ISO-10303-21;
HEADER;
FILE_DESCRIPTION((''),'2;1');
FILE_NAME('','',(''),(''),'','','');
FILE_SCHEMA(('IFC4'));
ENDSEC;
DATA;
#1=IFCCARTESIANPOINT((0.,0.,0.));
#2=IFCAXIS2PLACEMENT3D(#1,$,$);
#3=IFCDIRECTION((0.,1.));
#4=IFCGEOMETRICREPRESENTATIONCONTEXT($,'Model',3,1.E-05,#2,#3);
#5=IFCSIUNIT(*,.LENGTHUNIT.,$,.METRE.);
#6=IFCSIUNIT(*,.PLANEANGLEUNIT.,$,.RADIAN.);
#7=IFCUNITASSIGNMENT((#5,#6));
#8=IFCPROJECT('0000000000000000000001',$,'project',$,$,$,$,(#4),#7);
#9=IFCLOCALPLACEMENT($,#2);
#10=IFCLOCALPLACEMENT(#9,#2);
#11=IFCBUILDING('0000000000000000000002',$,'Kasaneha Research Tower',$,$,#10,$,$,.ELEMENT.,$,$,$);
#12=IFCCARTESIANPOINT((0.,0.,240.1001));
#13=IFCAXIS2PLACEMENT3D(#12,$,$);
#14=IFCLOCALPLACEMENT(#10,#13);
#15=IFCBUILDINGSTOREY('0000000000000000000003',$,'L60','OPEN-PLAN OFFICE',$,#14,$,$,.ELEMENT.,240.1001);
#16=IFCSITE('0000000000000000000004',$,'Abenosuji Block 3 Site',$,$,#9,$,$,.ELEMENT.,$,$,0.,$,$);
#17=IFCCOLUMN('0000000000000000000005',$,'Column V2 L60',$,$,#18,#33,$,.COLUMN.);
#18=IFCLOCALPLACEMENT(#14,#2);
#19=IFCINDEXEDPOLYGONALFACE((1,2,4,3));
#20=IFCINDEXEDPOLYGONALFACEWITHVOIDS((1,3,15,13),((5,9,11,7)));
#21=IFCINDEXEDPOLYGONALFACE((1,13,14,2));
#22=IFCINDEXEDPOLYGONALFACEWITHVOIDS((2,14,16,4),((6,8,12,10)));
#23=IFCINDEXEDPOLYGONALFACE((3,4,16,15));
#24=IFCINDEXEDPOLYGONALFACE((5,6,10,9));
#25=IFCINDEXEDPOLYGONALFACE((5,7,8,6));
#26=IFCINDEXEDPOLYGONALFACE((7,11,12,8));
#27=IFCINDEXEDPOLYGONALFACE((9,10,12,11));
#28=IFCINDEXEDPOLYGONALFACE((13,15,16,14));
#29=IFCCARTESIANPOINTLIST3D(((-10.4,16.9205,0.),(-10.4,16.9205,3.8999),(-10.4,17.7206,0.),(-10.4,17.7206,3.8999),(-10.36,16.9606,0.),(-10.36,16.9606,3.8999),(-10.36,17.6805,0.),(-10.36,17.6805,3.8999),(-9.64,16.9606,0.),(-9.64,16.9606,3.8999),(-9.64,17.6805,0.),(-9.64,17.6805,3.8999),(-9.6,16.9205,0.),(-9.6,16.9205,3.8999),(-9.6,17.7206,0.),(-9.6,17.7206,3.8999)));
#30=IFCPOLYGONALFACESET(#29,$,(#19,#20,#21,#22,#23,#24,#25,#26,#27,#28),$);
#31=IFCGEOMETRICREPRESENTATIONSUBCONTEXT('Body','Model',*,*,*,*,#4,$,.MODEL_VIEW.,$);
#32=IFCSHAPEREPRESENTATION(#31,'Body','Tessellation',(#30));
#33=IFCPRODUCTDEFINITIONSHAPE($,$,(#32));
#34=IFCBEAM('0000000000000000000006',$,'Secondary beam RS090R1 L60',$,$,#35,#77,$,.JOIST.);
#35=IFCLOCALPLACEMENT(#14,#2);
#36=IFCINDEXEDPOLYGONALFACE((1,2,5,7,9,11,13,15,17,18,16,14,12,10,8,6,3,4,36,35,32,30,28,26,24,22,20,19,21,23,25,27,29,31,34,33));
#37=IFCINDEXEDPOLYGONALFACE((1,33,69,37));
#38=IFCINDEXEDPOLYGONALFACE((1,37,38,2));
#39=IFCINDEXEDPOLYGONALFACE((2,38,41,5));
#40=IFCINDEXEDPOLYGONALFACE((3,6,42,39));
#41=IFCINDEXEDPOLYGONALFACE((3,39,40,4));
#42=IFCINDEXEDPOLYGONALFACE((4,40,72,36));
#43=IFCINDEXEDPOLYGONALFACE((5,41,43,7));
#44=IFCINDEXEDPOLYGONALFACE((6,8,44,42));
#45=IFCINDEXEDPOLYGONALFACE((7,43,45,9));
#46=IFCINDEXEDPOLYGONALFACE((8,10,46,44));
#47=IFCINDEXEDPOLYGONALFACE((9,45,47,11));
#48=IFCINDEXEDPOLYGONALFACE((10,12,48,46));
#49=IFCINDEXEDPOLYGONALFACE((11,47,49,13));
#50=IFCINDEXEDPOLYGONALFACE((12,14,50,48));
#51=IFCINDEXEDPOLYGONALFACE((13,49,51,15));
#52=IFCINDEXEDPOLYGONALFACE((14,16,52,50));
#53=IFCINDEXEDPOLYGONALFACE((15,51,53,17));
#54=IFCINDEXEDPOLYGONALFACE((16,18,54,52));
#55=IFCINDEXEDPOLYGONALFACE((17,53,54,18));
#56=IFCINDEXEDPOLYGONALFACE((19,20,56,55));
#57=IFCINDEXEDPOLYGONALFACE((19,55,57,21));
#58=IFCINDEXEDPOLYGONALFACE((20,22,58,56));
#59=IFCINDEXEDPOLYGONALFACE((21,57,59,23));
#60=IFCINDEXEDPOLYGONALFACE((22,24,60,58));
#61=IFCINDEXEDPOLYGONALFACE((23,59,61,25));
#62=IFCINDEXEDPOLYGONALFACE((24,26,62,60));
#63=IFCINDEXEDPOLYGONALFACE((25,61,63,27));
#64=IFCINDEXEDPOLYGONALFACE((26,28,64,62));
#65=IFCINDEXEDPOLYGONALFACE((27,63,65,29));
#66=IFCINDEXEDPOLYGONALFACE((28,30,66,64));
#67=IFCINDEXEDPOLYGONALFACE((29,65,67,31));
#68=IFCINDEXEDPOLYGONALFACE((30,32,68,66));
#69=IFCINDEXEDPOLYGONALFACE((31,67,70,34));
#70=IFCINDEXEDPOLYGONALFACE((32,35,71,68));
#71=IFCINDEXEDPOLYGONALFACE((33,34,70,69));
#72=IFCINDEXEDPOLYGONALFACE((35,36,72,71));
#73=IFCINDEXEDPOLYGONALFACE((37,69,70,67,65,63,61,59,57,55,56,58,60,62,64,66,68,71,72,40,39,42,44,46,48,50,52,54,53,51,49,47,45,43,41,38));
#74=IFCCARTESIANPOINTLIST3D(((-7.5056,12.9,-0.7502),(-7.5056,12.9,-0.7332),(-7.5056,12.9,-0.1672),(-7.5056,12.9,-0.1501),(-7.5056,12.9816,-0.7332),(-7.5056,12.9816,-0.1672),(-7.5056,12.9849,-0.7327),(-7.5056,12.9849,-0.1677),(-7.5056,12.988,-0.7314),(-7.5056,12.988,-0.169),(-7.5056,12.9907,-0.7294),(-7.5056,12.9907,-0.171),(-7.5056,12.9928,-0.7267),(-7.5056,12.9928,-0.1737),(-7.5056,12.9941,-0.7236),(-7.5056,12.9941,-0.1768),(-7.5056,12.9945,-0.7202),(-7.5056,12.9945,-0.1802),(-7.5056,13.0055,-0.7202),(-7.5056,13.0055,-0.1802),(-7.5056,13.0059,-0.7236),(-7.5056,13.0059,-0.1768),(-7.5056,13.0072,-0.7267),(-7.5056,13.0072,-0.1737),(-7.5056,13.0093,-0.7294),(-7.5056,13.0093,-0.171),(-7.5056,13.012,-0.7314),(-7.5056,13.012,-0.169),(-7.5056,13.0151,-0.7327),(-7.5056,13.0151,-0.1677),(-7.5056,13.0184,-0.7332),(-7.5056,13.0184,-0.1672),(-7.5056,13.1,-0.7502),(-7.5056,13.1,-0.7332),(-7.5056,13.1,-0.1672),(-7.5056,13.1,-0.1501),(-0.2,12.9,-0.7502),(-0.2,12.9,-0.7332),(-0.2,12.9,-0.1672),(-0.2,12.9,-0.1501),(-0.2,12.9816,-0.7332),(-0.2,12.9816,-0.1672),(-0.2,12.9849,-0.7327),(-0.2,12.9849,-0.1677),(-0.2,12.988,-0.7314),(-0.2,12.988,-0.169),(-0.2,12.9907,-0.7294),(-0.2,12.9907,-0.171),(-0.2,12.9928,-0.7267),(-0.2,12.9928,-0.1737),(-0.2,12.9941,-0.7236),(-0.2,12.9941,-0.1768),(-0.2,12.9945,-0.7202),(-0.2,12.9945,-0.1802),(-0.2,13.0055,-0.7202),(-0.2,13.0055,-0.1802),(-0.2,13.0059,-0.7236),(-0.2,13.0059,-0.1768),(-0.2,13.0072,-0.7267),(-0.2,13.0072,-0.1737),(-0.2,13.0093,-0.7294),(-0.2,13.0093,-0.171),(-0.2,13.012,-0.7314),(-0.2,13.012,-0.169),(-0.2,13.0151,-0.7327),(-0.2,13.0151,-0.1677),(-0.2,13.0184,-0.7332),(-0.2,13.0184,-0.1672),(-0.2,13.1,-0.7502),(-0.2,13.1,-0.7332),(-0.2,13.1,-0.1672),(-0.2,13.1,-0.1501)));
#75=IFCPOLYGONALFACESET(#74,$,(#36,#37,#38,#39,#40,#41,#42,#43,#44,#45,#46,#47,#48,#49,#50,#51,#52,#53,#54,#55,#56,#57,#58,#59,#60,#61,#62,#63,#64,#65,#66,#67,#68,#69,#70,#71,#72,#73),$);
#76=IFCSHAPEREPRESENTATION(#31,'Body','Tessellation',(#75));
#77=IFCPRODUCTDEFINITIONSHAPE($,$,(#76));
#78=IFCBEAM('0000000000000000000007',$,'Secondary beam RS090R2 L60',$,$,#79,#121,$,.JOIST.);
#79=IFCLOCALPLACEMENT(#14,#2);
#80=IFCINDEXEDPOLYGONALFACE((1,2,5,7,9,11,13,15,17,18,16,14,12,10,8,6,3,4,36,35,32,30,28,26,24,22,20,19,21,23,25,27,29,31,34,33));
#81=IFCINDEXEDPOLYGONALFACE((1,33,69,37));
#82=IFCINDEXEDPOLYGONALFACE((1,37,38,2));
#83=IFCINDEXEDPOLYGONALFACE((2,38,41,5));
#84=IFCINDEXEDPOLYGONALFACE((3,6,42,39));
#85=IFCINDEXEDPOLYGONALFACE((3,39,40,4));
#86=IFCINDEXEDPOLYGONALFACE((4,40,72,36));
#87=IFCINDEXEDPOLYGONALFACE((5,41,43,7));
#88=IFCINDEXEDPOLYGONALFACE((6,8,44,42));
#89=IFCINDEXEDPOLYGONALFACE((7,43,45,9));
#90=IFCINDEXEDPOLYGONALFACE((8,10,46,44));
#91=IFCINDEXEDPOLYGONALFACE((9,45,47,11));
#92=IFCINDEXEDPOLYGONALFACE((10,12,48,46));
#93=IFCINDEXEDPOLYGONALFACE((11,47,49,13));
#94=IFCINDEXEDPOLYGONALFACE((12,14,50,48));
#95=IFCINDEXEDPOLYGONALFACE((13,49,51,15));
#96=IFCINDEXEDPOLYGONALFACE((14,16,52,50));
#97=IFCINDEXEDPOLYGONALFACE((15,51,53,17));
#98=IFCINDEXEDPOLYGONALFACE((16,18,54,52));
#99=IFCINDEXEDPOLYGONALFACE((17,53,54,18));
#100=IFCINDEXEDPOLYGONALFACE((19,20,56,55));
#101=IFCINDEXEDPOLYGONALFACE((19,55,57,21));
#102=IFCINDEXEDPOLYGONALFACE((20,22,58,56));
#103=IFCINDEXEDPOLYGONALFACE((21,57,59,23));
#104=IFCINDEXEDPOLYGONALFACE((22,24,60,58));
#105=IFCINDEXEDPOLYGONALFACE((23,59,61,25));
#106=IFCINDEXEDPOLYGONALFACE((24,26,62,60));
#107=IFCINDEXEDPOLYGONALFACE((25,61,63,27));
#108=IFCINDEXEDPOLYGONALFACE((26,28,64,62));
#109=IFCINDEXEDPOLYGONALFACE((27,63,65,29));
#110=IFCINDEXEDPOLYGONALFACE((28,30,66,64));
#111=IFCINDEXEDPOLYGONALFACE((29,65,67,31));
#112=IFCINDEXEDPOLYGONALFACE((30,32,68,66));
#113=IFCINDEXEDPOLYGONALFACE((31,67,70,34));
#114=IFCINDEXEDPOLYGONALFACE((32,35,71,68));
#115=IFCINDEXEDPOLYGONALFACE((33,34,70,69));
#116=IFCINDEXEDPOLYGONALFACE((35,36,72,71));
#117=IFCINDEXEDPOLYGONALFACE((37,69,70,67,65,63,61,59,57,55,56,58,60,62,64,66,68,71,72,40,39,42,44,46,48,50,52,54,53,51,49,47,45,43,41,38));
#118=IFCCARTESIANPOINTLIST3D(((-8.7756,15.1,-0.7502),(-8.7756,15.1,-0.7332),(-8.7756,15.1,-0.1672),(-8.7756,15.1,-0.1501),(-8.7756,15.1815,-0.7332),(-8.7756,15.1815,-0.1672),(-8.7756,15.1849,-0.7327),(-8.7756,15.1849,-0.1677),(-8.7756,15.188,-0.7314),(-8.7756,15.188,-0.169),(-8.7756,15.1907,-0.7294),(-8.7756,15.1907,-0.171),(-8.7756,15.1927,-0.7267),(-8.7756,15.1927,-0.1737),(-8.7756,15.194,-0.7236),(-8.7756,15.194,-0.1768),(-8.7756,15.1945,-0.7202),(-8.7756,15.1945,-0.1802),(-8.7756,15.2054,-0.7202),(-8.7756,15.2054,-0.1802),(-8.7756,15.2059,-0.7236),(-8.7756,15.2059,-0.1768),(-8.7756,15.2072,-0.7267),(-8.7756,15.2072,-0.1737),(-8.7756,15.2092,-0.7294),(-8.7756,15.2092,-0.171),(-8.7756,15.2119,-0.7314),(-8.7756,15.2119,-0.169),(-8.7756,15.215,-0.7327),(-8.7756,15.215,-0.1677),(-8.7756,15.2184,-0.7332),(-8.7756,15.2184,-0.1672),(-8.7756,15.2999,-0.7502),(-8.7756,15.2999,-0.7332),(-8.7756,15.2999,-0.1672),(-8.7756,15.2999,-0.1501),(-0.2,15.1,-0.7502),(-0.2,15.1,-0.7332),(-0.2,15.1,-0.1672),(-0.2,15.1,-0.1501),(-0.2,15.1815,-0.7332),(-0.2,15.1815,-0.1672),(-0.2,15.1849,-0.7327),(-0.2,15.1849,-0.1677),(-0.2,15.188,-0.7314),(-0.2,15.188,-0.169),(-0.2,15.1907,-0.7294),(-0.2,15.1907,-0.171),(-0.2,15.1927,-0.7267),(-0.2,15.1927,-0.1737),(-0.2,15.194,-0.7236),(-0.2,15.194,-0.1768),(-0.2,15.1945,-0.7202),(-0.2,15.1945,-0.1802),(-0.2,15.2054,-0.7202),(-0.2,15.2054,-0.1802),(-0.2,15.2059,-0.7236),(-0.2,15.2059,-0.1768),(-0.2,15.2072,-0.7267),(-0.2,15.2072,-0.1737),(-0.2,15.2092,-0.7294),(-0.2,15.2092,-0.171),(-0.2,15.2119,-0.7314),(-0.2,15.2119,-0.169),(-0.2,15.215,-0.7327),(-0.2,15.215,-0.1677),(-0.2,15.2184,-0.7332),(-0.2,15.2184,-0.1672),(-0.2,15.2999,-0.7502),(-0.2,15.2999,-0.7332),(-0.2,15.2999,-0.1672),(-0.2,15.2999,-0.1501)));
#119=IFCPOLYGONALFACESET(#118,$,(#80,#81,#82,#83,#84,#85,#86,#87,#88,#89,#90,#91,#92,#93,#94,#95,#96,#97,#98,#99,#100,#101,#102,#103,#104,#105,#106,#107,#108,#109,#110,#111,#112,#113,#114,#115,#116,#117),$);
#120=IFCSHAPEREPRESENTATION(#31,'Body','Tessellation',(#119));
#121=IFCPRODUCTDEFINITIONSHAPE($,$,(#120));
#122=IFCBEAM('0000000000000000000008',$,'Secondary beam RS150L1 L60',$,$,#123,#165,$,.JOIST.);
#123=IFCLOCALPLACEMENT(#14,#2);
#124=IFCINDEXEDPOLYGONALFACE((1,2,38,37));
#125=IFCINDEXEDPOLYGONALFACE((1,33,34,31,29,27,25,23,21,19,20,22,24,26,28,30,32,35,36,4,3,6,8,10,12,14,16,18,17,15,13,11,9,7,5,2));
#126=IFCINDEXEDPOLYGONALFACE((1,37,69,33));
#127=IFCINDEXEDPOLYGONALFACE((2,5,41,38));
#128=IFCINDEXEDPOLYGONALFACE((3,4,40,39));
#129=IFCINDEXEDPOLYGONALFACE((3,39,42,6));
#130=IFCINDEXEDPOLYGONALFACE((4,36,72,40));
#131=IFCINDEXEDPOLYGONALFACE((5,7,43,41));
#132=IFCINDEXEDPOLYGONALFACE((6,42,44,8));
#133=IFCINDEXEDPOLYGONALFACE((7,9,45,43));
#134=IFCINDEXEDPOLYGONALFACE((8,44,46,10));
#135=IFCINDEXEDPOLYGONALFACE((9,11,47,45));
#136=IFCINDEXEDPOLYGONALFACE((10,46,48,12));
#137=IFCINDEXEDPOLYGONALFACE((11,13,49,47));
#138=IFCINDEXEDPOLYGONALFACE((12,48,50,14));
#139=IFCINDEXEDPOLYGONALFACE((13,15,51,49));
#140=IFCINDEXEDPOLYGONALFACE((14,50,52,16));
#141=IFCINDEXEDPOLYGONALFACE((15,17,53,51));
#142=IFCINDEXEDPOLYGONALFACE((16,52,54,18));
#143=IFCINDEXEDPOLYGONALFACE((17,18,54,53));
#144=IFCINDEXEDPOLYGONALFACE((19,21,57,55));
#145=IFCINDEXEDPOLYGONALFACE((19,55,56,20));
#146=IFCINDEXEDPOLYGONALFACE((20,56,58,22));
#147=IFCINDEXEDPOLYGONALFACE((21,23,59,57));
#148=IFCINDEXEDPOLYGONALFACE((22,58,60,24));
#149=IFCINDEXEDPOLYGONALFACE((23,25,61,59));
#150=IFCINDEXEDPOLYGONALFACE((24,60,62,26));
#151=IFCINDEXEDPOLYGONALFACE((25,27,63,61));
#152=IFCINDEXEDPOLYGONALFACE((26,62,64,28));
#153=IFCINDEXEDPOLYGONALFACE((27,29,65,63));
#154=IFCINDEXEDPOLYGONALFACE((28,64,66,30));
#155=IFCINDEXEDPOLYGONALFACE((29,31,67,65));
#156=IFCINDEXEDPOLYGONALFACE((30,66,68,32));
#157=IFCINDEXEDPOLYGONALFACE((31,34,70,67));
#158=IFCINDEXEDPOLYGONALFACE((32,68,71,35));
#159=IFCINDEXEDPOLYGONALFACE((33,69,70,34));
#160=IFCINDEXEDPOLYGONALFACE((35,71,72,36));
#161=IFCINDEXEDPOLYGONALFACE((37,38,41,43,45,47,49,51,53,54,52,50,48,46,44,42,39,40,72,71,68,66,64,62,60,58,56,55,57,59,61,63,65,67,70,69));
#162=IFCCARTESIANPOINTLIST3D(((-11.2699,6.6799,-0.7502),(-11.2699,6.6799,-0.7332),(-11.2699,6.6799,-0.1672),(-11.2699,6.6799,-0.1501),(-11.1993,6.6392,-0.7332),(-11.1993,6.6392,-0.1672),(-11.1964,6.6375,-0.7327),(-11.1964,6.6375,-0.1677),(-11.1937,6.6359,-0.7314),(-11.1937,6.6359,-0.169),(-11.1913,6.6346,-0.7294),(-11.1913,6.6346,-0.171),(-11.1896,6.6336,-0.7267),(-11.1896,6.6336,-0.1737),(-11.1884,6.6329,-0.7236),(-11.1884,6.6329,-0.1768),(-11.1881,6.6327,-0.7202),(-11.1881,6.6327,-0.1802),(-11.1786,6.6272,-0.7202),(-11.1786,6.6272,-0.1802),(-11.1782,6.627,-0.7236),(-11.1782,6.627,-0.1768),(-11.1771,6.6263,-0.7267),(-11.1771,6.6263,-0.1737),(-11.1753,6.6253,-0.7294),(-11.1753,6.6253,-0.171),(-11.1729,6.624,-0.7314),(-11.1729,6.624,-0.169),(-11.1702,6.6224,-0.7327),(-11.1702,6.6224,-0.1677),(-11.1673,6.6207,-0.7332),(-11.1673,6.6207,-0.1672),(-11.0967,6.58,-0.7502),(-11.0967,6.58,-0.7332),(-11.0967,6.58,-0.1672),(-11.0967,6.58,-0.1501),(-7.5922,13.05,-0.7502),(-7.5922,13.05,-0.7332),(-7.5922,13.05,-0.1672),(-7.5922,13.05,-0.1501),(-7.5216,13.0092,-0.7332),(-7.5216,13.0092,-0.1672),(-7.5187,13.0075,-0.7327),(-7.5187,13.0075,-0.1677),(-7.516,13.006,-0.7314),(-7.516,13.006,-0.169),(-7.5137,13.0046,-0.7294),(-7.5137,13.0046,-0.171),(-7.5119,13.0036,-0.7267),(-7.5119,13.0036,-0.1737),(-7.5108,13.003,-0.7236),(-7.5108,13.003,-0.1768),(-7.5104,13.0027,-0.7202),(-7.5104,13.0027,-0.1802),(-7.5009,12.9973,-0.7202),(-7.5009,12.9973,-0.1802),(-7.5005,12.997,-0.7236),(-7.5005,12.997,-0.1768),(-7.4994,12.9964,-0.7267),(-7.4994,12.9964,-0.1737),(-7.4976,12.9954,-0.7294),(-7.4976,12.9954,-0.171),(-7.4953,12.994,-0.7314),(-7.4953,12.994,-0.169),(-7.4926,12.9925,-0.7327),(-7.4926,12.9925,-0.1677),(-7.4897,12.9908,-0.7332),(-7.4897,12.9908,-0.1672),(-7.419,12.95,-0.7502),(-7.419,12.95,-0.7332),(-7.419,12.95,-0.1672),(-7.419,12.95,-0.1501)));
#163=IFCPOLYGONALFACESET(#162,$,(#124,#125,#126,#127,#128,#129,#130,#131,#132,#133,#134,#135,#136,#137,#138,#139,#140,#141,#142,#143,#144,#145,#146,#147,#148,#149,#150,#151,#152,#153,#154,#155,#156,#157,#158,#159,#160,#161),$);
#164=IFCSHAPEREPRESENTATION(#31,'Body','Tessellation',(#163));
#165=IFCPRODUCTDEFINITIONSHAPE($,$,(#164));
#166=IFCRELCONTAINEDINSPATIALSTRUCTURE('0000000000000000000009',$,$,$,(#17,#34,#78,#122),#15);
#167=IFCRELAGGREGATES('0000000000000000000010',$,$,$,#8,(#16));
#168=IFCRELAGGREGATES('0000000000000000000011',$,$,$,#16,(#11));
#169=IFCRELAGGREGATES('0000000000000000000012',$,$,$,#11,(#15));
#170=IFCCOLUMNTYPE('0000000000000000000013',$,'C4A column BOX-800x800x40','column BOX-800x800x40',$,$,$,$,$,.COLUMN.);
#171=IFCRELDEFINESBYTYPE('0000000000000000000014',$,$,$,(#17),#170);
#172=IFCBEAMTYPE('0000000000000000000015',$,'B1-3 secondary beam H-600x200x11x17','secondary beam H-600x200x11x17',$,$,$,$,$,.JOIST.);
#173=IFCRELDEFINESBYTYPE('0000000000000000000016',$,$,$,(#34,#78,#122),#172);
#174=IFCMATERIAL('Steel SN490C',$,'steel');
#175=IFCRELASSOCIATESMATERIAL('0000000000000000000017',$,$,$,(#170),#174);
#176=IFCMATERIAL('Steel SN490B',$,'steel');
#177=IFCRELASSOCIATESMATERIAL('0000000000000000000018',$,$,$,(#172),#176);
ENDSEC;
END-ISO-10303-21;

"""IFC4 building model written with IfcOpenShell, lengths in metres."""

from ifc_helpers import new_model, si_unit, direction, frame, origin, origin_2d, place, context, subcontext, project, spatial, hollow_rectangle, i_section, extrude, material, material_profile, profile_set, type_object, element, save


model = new_model("IFC4")

# Units and contexts
model_context = context("Model", 3, precision=1e-05, world=origin(), true_north=direction((0.0, 1.0)))
body_context = subcontext(model_context, "Body", "Model", "MODEL_VIEW")
ifc_project = project(units=[si_unit("LENGTHUNIT", "METRE"), si_unit("PLANEANGLEUNIT", "RADIAN")], contexts=[model_context])

# Site, building, storey
site_placement = place(None, origin())
site = spatial("IfcSite", under=ifc_project, at=site_placement, Name="Abenosuji Block 3 Site", CompositionType="ELEMENT", RefElevation=0.0)
building_placement = place(site_placement, origin())
building = spatial("IfcBuilding", under=site, at=building_placement, Name="Kasaneha Research Tower", CompositionType="ELEMENT")
storey_placement = place(building_placement, frame((0.0, 0.0, 240.1001)))
storey = spatial("IfcBuildingStorey", under=building, at=storey_placement, Name="L60", Description="OPEN-PLAN OFFICE", CompositionType="ELEMENT", Elevation=240.1001)

# Column
ifc_material_1 = material(Name="Steel SN490C", Category="steel")
ifc_material_profile_1 = material_profile(ifc_material_1, hollow_rectangle(XDim=0.8, YDim=0.8, WallThickness=0.04, at=origin_2d()), Name="BOX-800x800x40")
ifc_profile_set_1 = profile_set([ifc_material_profile_1], Name="Steel SN490C")
column_type = type_object("IfcColumnType", Name="C4A column BOX-800x800x40", Description="column BOX-800x800x40", PredefinedType="COLUMN", material=ifc_profile_set_1)
column_placement = place(storey_placement, frame((-10.0, 17.3206, 0.0), z_axis=(0.0, 0.0, 1.0), x_axis=(1.0, 0.0, 0.0)))
element("IfcColumn", 1, at=column_placement, inside=storey, type_object=column_type, Name="Column V2 L60", PredefinedType="COLUMN", context=body_context, shape_type="SweptSolid", body=[
    extrude(hollow_rectangle(XDim=0.8, YDim=0.8, WallThickness=0.04, at=origin_2d()), origin(), (0.0, 0.0, 1.0), 3.8999),
])

# Beams
ifc_material_2 = material(Name="Steel SN490B", Category="steel")
ifc_material_profile_2 = material_profile(ifc_material_2, i_section(OverallWidth=0.2, OverallDepth=0.6001, WebThickness=0.011, FlangeThickness=0.0171, FilletRadius=0.0129, at=origin_2d()), Name="H-600x200x11x17")
ifc_profile_set_2 = profile_set([ifc_material_profile_2], Name="Steel SN490B")
beam_type_1 = type_object("IfcBeamType", Name="B1-3 secondary beam H-600x200x11x17", Description="secondary beam H-600x200x11x17", PredefinedType="JOIST", material=ifc_profile_set_2)
beam_1_placement = place(storey_placement, frame((-7.5056, 13.0, -0.4502), z_axis=(1.0, 0.0, 0.0), x_axis=(0.0, 1.0, 0.0)))
element("IfcBeam", 2, at=beam_1_placement, inside=storey, type_object=beam_type_1, Name="Secondary beam RS090R1 L60", PredefinedType="JOIST", context=body_context, shape_type="SweptSolid", body=[
    extrude(i_section(OverallWidth=0.2, OverallDepth=0.6001, WebThickness=0.011, FlangeThickness=0.0171, FilletRadius=0.0129, at=origin_2d()), origin(), (0.0, 0.0, 1.0), 7.3057),
])
beam_2_placement = place(storey_placement, frame((-8.7756, 15.2, -0.4502), z_axis=(1.0, 0.0, 0.0), x_axis=(0.0, 1.0, 0.0)))
element("IfcBeam", 3, at=beam_2_placement, inside=storey, type_object=beam_type_1, Name="Secondary beam RS090R2 L60", PredefinedType="JOIST", context=body_context, shape_type="SweptSolid", body=[
    extrude(i_section(OverallWidth=0.2, OverallDepth=0.6001, WebThickness=0.011, FlangeThickness=0.0171, FilletRadius=0.0129, at=origin_2d()), origin(), (0.0, 0.0, 1.0), 8.5757),
])
beam_3_placement = place(storey_placement, frame((-7.5056, 13.0, -0.4502), z_axis=(-0.499994, -0.866029, 0.0), x_axis=(0.866029, -0.499994, 0.0)))
element("IfcBeam", 4, at=beam_3_placement, inside=storey, type_object=beam_type_1, Name="Secondary beam RS150L1 L60", PredefinedType="JOIST", context=body_context, shape_type="SweptSolid", body=[
    extrude(i_section(OverallWidth=0.2, OverallDepth=0.6001, WebThickness=0.011, FlangeThickness=0.0171, FilletRadius=0.0129, at=origin_2d()), origin(), (0.0, 0.0, 1.0), 7.3555),
])

save(model, "model.ifc")
